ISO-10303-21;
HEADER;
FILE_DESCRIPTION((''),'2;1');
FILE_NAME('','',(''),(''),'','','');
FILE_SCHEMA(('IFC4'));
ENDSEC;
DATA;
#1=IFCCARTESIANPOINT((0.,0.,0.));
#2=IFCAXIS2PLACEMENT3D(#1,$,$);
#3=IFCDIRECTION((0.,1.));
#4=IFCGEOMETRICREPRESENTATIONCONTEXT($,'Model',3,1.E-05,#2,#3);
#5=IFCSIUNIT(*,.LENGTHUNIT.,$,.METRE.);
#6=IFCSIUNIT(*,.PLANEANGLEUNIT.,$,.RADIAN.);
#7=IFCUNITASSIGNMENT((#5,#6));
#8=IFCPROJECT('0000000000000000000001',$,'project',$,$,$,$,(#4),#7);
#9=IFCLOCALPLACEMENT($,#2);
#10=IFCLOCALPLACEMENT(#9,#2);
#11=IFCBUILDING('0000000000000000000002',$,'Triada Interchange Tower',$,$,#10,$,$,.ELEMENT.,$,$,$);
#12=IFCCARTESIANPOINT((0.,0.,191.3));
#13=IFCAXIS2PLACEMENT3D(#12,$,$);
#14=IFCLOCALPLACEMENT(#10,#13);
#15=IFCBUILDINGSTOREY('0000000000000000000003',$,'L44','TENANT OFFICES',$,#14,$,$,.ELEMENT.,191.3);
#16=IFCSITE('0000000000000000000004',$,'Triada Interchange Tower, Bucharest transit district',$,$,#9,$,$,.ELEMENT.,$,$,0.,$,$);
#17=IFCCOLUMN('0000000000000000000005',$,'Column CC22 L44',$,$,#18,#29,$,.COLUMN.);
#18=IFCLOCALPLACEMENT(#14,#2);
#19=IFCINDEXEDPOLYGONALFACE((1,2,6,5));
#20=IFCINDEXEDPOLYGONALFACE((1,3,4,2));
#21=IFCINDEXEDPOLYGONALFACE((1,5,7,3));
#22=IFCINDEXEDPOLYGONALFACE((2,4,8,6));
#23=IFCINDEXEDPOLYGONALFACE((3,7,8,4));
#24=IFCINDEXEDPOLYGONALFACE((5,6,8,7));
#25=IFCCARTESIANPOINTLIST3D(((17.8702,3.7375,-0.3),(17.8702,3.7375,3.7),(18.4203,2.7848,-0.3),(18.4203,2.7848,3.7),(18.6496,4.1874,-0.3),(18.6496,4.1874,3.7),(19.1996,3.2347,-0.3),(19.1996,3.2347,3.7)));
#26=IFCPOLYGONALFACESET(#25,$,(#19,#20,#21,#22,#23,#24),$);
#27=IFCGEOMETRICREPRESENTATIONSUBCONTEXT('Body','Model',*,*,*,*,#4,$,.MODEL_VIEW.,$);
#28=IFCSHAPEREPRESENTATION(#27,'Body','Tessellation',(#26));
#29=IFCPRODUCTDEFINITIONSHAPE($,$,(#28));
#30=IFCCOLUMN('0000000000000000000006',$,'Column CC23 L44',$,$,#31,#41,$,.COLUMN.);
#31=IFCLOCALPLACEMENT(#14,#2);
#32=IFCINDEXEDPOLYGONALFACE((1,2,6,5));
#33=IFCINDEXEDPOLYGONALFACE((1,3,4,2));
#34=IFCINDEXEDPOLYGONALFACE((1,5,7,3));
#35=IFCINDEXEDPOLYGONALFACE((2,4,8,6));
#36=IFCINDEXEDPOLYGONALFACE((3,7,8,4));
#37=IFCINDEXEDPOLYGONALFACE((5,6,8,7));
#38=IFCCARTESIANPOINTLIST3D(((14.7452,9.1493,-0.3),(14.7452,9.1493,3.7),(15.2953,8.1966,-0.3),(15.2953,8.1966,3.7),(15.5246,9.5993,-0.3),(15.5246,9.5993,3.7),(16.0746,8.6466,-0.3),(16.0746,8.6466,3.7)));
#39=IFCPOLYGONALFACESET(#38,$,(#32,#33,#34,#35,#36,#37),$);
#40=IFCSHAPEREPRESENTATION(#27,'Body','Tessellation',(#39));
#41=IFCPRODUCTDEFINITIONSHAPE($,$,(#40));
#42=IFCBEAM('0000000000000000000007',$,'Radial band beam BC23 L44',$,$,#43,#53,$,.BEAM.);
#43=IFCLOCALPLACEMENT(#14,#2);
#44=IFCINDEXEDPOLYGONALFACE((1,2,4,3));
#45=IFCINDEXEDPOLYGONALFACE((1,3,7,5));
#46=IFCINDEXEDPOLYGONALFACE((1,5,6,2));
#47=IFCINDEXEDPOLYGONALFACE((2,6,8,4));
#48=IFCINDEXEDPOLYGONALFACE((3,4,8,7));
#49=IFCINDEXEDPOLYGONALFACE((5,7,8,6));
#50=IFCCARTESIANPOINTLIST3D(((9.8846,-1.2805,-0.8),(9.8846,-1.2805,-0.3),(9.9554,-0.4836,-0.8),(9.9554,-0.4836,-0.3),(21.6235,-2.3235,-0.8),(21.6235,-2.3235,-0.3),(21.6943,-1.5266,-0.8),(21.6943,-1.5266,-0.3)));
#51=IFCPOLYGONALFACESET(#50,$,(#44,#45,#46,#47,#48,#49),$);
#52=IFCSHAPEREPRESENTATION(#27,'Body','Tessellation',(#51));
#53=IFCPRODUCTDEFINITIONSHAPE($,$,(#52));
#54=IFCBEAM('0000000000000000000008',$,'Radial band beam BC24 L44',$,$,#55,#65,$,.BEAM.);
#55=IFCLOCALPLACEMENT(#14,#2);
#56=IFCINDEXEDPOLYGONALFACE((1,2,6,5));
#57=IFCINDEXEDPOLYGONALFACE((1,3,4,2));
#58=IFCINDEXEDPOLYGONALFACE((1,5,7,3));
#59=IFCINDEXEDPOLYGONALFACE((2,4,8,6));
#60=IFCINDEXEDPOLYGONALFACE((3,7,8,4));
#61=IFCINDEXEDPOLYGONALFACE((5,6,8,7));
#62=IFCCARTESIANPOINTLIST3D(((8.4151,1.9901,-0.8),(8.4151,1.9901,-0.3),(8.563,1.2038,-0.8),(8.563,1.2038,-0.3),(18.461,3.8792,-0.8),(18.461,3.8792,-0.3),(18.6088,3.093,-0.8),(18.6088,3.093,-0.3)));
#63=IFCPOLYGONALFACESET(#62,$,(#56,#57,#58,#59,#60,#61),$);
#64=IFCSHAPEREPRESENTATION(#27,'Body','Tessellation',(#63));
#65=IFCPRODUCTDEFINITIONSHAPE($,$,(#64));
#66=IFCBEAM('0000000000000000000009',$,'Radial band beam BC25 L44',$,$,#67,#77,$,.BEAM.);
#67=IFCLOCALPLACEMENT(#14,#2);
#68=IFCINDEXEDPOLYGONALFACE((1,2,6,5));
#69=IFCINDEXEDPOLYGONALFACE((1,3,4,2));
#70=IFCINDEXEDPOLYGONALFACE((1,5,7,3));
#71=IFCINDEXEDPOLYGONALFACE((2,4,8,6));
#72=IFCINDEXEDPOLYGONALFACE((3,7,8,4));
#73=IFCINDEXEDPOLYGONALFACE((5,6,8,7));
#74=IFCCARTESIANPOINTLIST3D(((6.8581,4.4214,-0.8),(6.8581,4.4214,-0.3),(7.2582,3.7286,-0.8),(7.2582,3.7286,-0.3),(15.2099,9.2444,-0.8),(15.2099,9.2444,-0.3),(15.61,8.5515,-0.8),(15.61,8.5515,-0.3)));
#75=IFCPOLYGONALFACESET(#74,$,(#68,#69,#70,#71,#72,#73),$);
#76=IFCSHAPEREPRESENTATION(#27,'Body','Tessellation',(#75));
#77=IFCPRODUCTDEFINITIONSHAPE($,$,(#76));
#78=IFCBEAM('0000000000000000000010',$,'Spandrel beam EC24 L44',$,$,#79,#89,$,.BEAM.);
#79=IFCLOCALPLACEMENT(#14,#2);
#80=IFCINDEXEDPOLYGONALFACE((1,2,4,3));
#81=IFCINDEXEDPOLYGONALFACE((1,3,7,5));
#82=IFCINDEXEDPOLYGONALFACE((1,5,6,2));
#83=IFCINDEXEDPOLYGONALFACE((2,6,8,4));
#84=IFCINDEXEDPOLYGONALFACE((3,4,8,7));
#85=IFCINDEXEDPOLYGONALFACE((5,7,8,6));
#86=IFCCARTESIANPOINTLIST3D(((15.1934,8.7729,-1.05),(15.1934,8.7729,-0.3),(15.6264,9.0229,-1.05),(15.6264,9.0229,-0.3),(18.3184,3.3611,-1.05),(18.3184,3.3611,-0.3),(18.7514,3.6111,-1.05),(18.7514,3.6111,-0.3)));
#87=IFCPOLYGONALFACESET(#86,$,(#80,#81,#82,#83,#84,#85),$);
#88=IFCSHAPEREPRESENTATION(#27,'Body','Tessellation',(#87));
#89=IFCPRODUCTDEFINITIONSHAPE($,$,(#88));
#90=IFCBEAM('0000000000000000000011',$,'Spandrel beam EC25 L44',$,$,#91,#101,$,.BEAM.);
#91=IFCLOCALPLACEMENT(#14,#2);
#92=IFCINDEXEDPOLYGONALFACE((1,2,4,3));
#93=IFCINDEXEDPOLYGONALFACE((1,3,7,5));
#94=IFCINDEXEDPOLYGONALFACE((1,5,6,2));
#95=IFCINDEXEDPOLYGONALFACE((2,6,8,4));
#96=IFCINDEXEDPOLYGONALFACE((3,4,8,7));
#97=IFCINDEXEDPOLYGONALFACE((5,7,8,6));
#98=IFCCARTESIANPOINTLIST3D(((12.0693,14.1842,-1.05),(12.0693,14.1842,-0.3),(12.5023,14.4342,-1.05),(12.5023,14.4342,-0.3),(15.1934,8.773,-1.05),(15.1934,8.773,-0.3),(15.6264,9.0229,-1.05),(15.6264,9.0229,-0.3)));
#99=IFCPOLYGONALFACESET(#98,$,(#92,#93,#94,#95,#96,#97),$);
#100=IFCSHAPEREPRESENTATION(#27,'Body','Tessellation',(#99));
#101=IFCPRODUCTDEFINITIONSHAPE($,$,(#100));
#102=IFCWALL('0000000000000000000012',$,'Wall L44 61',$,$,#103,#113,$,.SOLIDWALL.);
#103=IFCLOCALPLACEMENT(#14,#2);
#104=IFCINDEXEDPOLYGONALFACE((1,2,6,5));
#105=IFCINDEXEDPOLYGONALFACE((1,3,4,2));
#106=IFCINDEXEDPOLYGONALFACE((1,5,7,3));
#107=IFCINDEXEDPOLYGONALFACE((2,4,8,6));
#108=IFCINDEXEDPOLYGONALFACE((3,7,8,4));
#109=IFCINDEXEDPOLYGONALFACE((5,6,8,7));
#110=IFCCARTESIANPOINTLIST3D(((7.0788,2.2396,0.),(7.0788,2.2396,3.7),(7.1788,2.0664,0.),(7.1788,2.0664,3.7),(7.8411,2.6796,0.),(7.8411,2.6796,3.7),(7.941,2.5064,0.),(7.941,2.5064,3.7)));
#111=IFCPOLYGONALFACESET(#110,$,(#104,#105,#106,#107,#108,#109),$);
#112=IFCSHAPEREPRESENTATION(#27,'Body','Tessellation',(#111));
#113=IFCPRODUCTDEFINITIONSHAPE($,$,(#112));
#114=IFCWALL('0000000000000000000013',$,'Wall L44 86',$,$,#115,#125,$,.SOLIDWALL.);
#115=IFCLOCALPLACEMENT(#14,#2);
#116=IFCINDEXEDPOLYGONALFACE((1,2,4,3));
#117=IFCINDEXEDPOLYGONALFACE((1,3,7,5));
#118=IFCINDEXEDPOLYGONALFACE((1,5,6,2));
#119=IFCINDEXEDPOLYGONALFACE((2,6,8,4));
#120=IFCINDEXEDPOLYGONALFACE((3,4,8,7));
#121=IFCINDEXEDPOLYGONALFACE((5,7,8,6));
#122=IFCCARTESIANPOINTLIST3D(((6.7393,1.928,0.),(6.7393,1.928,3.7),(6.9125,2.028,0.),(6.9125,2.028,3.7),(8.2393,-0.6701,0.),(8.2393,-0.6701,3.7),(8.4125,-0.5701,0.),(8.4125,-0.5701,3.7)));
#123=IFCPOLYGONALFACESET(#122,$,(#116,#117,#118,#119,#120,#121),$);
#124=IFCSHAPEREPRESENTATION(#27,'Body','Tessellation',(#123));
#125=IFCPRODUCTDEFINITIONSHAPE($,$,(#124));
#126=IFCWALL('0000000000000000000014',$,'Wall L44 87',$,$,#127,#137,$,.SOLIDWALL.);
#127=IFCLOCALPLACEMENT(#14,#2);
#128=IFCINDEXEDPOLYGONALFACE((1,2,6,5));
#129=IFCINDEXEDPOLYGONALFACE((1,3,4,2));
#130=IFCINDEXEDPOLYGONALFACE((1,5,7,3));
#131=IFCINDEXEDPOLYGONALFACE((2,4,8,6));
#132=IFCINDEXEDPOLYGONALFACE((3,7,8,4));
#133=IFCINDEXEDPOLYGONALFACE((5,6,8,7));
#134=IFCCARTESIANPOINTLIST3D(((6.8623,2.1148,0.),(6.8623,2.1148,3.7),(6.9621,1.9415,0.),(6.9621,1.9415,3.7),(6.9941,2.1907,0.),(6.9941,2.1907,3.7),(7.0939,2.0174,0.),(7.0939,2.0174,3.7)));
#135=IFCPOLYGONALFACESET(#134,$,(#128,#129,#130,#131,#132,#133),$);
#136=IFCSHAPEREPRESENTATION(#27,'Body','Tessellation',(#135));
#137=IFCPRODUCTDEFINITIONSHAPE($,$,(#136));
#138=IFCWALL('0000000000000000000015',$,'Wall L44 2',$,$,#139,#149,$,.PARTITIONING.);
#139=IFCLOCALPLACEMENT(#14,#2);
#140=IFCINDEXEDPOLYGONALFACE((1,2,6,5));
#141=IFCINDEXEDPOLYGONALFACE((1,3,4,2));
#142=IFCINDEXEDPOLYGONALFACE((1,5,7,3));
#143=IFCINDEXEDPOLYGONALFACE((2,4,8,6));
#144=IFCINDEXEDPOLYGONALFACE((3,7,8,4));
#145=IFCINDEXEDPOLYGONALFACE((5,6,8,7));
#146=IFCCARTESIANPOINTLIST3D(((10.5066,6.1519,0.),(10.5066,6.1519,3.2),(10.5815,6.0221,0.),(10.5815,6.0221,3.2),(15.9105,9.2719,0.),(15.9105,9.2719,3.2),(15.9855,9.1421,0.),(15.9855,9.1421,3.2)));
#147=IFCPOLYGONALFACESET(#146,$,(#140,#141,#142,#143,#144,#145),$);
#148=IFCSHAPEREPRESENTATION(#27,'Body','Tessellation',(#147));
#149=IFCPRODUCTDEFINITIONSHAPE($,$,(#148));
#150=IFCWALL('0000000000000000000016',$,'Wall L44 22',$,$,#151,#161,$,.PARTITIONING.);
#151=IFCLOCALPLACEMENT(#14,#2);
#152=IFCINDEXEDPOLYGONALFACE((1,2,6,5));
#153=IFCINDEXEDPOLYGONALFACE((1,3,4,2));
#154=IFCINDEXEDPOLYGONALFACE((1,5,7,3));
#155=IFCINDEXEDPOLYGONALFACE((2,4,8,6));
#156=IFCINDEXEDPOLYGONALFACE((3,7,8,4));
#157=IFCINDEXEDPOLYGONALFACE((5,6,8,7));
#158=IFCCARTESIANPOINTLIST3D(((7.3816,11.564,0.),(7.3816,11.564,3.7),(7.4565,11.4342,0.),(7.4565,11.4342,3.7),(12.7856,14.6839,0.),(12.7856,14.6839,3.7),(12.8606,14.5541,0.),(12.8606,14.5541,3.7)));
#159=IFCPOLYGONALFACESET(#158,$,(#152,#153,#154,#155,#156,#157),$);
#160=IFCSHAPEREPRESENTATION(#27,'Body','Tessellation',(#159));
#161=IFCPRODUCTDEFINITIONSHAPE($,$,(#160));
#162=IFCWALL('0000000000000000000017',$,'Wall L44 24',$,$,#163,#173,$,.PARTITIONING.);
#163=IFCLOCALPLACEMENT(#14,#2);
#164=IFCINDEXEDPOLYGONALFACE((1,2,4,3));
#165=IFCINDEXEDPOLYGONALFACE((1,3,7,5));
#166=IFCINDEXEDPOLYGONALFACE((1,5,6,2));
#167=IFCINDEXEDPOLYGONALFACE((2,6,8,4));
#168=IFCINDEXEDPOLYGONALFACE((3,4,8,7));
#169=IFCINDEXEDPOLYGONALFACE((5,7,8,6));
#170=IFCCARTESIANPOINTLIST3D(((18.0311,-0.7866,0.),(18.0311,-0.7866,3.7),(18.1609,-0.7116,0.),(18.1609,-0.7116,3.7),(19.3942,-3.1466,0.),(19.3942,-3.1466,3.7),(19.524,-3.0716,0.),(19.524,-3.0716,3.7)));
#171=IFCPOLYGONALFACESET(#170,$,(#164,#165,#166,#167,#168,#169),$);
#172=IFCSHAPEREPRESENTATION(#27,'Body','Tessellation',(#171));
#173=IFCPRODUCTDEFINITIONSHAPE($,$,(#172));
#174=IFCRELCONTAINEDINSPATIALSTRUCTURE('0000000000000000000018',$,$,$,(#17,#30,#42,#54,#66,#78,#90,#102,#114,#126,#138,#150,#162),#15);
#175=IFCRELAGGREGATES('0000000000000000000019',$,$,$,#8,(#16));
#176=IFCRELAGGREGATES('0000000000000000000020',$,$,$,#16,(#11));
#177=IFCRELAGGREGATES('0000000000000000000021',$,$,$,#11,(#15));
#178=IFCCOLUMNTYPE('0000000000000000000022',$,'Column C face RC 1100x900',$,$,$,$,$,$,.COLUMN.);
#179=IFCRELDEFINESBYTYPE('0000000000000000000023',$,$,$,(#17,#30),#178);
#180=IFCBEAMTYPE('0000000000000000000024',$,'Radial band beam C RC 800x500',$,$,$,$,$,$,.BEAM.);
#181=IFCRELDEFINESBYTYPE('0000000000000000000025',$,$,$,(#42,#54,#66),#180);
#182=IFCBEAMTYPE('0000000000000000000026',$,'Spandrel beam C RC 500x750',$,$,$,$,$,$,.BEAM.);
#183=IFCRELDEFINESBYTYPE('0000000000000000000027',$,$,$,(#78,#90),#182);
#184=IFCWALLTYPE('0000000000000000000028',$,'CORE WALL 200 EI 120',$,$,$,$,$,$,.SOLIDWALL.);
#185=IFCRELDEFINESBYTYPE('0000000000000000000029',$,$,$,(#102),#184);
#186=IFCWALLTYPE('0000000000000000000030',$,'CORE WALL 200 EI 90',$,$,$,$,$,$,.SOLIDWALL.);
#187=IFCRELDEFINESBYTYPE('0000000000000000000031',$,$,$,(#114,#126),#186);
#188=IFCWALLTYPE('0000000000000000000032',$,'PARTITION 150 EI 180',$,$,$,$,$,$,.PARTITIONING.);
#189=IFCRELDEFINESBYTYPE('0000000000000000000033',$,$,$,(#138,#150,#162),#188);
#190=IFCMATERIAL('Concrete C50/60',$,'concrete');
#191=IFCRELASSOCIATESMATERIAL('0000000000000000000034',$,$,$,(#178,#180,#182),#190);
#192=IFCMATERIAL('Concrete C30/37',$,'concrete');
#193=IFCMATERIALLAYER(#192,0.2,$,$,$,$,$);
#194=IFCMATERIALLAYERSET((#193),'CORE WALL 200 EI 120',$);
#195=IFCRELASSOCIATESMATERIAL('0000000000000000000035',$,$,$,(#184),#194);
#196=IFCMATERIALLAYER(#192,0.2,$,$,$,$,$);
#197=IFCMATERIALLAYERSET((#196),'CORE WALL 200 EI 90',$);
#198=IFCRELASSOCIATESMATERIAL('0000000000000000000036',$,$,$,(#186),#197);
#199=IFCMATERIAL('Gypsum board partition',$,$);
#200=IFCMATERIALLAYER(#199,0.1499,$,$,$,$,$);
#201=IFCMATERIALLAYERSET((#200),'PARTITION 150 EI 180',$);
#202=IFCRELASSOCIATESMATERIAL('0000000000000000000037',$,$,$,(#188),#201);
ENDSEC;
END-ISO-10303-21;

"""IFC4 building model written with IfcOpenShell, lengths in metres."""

from ifc_helpers import new_model, si_unit, direction, frame, frame_2d, origin, origin_2d, place, context, subcontext, project, spatial, rectangle, extrude, material, layer, layer_set, material_profile, profile_set, type_object, element, save


model = new_model("IFC4")

# Units and contexts
model_context = context("Model", 3, precision=1e-05, world=origin(), true_north=direction((0.0, 1.0)))
body_context = subcontext(model_context, "Body", "Model", "MODEL_VIEW")
ifc_project = project(units=[si_unit("LENGTHUNIT", "METRE"), si_unit("PLANEANGLEUNIT", "RADIAN")], contexts=[model_context])

# Site, building, storey
site_placement = place(None, origin())
site = spatial("IfcSite", under=ifc_project, at=site_placement, Name="Triada Interchange Tower, Bucharest transit district", CompositionType="ELEMENT", RefElevation=0.0)
building_placement = place(site_placement, origin())
building = spatial("IfcBuilding", under=site, at=building_placement, Name="Triada Interchange Tower", CompositionType="ELEMENT")
storey_placement = place(building_placement, frame((0.0, 0.0, 191.3)))
storey = spatial("IfcBuildingStorey", under=building, at=storey_placement, Name="L44", Description="TENANT OFFICES", CompositionType="ELEMENT", Elevation=191.3)

# Columns
ifc_material_1 = material(Name="Concrete C50/60", Category="concrete")
ifc_material_profile_1 = material_profile(ifc_material_1, rectangle(XDim=1.1001, YDim=0.8999, at=origin_2d()), Name="RC 1100x900")
ifc_profile_set_1 = profile_set([ifc_material_profile_1], Name="Concrete C50/60")
column_type = type_object("IfcColumnType", Name="Column C face RC 1100x900", PredefinedType="COLUMN", material=ifc_profile_set_1)
for number, where, z_axis, x_axis, name in (
    (1, (18.5349, 3.4861, -0.3), (0.0, 0.0, 1.0), (-0.5, 0.866025, 0.0), "Column CC22 L44"),
    (2, (15.4099, 8.8979, -0.3), (0.0, 0.0, 1.0), (-0.5, 0.866025, 0.0), "Column CC23 L44"),
):
    element("IfcColumn", number, at=place(storey_placement, frame(where, z_axis=z_axis, x_axis=x_axis)), inside=storey, type_object=column_type, Name=name, PredefinedType="COLUMN", context=body_context, shape_type="SweptSolid", body=[
        extrude(rectangle(XDim=1.1001, YDim=0.8999, at=origin_2d()), origin(), (0.0, 0.0, 1.0), 4.0),
    ])

# Beams
ifc_material_profile_2 = material_profile(ifc_material_1, rectangle(XDim=0.8, YDim=0.5, at=origin_2d()), Name="RC 800x500")
ifc_profile_set_2 = profile_set([ifc_material_profile_2], Name="Concrete C50/60")
beam_type_1 = type_object("IfcBeamType", Name="Radial band beam C RC 800x500", PredefinedType="BEAM", material=ifc_profile_set_2)
beam_1_placement = place(storey_placement, frame((21.6589, -1.925, -0.55), z_axis=(-0.996076, 0.088498, 0.0), x_axis=(-0.088498, -0.996076, 0.0)))
element("IfcBeam", 3, at=beam_1_placement, inside=storey, type_object=beam_type_1, Name="Radial band beam BC23 L44", PredefinedType="BEAM", context=body_context, shape_type="SweptSolid", body=[
    extrude(rectangle(XDim=0.8, YDim=0.5, at=origin_2d()), origin(), (0.0, 0.0, 1.0), 11.7852),
])
beam_2_placement = place(storey_placement, frame((18.5349, 3.4861, -0.55), z_axis=(-0.982774, -0.184813, 0.0), x_axis=(0.184813, -0.982774, 0.0)))
element("IfcBeam", 4, at=beam_2_placement, inside=storey, type_object=beam_type_1, Name="Radial band beam BC24 L44", PredefinedType="BEAM", context=body_context, shape_type="SweptSolid", body=[
    extrude(rectangle(XDim=0.8, YDim=0.5, at=origin_2d()), origin(), (0.0, 0.0, 1.0), 10.2219),
])
beam_3_placement = place(storey_placement, frame((15.4099, 8.8979, -0.55), z_axis=(-0.865977, -0.500084, 0.0), x_axis=(0.500084, -0.865977, 0.0)))
element("IfcBeam", 5, at=beam_3_placement, inside=storey, type_object=beam_type_1, Name="Radial band beam BC25 L44", PredefinedType="BEAM", context=body_context, shape_type="SweptSolid", body=[
    extrude(rectangle(XDim=0.8, YDim=0.5, at=origin_2d()), origin(), (0.0, 0.0, 1.0), 9.6443),
])
ifc_material_profile_3 = material_profile(ifc_material_1, rectangle(XDim=0.5, YDim=0.75, at=origin_2d()), Name="RC 500x750")
ifc_profile_set_3 = profile_set([ifc_material_profile_3], Name="Concrete C50/60")
beam_type_2 = type_object("IfcBeamType", Name="Spandrel beam C RC 500x750", PredefinedType="BEAM", material=ifc_profile_set_3)
beam_4_placement = place(storey_placement, frame((18.5349, 3.4861, -0.675), z_axis=(-0.500055, 0.865994, 0.0), x_axis=(-0.865994, -0.500055, 0.0)))
element("IfcBeam", 6, at=beam_4_placement, inside=storey, type_object=beam_type_2, Name="Spandrel beam EC24 L44", PredefinedType="BEAM", context=body_context, shape_type="SweptSolid", body=[
    extrude(rectangle(XDim=0.5, YDim=0.75, at=origin_2d()), origin(), (0.0, 0.0, 1.0), 6.2493),
])
beam_5_placement = place(storey_placement, frame((15.4099, 8.8979, -0.675), z_axis=(-0.499989, 0.866032, 0.0), x_axis=(-0.866032, -0.499989, 0.0)))
element("IfcBeam", 7, at=beam_5_placement, inside=storey, type_object=beam_type_2, Name="Spandrel beam EC25 L44", PredefinedType="BEAM", context=body_context, shape_type="SweptSolid", body=[
    extrude(rectangle(XDim=0.5, YDim=0.75, at=origin_2d()), origin(), (0.0, 0.0, 1.0), 6.2483),
])

# Walls
ifc_material_2 = material(Name="Concrete C30/37", Category="concrete")
ifc_layer_1 = layer(ifc_material_2, 0.2)
ifc_layer_set_1 = layer_set([ifc_layer_1], Name="CORE WALL 200 EI 120")
wall_type_1 = type_object("IfcWallType", Name="CORE WALL 200 EI 120", PredefinedType="SOLIDWALL", material=ifc_layer_set_1)
wall_1_placement = place(storey_placement, frame((7.1289, 2.1531, 0.0), z_axis=(0.0, 0.0, 1.0), x_axis=(0.866084, 0.499899, 0.0)))
element("IfcWall", 8, at=wall_1_placement, inside=storey, type_object=wall_type_1, Name="Wall L44 61", PredefinedType="SOLIDWALL", context=body_context, shape_type="SweptSolid", body=[
    extrude(rectangle(XDim=0.8801, YDim=0.2, at=frame_2d((0.4399, 0.0))), origin(), (0.0, 0.0, 1.0), 3.7),
])
ifc_layer_2 = layer(ifc_material_2, 0.2)
ifc_layer_set_2 = layer_set([ifc_layer_2], Name="CORE WALL 200 EI 90")
wall_type_2 = type_object("IfcWallType", Name="CORE WALL 200 EI 90", PredefinedType="SOLIDWALL", material=ifc_layer_set_2)
wall_2_placement = place(storey_placement, frame((6.8259, 1.978, 0.0), z_axis=(0.0, 0.0, 1.0), x_axis=(0.49999, -0.866031, 0.0)))
element("IfcWall", 9, at=wall_2_placement, inside=storey, type_object=wall_type_2, Name="Wall L44 86", PredefinedType="SOLIDWALL", context=body_context, shape_type="SweptSolid", body=[
    extrude(rectangle(XDim=3.0, YDim=0.2, at=frame_2d((1.5, 0.0))), origin(), (0.0, 0.0, 1.0), 3.7),
])
wall_3_placement = place(storey_placement, frame((6.9121, 2.0281, 0.0), z_axis=(0.0, 0.0, 1.0), x_axis=(0.866559, 0.499074, 0.0)))
element("IfcWall", 10, at=wall_3_placement, inside=storey, type_object=wall_type_2, Name="Wall L44 87", PredefinedType="SOLIDWALL", context=body_context, shape_type="SweptSolid", body=[
    extrude(rectangle(XDim=0.1521, YDim=0.2, at=frame_2d((0.0762, 0.0))), origin(), (0.0, 0.0, 1.0), 3.7),
])
ifc_material_3 = material(Name="Gypsum board partition")
ifc_layer_3 = layer(ifc_material_3, 0.1499)
ifc_layer_set_3 = layer_set([ifc_layer_3], Name="PARTITION 150 EI 180")
wall_type_3 = type_object("IfcWallType", Name="PARTITION 150 EI 180", PredefinedType="PARTITIONING", material=ifc_layer_set_3)
wall_4_placement = place(storey_placement, frame((10.5439, 6.0869, 0.0), z_axis=(0.0, 0.0, 1.0), x_axis=(0.866019, 0.50001, 0.0)))
element("IfcWall", 11, at=wall_4_placement, inside=storey, type_object=wall_type_3, Name="Wall L44 2", PredefinedType="PARTITIONING", context=body_context, shape_type="SweptSolid", body=[
    extrude(rectangle(XDim=6.24, YDim=0.1499, at=frame_2d((3.1201, 0.0))), origin(), (0.0, 0.0, 1.0), 3.2),
])
wall_5_placement = place(storey_placement, frame((7.4189, 11.499, 0.0), z_axis=(0.0, 0.0, 1.0), x_axis=(0.866036, 0.499981, 0.0)))
element("IfcWall", 12, at=wall_5_placement, inside=storey, type_object=wall_type_3, Name="Wall L44 22", PredefinedType="PARTITIONING", context=body_context, shape_type="SweptSolid", body=[
    extrude(rectangle(XDim=6.24, YDim=0.1499, at=frame_2d((3.1201, 0.0))), origin(), (0.0, 0.0, 1.0), 3.7),
])
wall_6_placement = place(storey_placement, frame((18.0959, -0.749, 0.0), z_axis=(0.0, 0.0, 1.0), x_axis=(0.500157, -0.865935, 0.0)))
element("IfcWall", 13, at=wall_6_placement, inside=storey, type_object=wall_type_3, Name="Wall L44 24", PredefinedType="PARTITIONING", context=body_context, shape_type="SweptSolid", body=[
    extrude(rectangle(XDim=2.7253, YDim=0.1499, at=frame_2d((1.3628, 0.0))), origin(), (0.0, 0.0, 1.0), 3.7),
])

save(model, "model.ifc")
